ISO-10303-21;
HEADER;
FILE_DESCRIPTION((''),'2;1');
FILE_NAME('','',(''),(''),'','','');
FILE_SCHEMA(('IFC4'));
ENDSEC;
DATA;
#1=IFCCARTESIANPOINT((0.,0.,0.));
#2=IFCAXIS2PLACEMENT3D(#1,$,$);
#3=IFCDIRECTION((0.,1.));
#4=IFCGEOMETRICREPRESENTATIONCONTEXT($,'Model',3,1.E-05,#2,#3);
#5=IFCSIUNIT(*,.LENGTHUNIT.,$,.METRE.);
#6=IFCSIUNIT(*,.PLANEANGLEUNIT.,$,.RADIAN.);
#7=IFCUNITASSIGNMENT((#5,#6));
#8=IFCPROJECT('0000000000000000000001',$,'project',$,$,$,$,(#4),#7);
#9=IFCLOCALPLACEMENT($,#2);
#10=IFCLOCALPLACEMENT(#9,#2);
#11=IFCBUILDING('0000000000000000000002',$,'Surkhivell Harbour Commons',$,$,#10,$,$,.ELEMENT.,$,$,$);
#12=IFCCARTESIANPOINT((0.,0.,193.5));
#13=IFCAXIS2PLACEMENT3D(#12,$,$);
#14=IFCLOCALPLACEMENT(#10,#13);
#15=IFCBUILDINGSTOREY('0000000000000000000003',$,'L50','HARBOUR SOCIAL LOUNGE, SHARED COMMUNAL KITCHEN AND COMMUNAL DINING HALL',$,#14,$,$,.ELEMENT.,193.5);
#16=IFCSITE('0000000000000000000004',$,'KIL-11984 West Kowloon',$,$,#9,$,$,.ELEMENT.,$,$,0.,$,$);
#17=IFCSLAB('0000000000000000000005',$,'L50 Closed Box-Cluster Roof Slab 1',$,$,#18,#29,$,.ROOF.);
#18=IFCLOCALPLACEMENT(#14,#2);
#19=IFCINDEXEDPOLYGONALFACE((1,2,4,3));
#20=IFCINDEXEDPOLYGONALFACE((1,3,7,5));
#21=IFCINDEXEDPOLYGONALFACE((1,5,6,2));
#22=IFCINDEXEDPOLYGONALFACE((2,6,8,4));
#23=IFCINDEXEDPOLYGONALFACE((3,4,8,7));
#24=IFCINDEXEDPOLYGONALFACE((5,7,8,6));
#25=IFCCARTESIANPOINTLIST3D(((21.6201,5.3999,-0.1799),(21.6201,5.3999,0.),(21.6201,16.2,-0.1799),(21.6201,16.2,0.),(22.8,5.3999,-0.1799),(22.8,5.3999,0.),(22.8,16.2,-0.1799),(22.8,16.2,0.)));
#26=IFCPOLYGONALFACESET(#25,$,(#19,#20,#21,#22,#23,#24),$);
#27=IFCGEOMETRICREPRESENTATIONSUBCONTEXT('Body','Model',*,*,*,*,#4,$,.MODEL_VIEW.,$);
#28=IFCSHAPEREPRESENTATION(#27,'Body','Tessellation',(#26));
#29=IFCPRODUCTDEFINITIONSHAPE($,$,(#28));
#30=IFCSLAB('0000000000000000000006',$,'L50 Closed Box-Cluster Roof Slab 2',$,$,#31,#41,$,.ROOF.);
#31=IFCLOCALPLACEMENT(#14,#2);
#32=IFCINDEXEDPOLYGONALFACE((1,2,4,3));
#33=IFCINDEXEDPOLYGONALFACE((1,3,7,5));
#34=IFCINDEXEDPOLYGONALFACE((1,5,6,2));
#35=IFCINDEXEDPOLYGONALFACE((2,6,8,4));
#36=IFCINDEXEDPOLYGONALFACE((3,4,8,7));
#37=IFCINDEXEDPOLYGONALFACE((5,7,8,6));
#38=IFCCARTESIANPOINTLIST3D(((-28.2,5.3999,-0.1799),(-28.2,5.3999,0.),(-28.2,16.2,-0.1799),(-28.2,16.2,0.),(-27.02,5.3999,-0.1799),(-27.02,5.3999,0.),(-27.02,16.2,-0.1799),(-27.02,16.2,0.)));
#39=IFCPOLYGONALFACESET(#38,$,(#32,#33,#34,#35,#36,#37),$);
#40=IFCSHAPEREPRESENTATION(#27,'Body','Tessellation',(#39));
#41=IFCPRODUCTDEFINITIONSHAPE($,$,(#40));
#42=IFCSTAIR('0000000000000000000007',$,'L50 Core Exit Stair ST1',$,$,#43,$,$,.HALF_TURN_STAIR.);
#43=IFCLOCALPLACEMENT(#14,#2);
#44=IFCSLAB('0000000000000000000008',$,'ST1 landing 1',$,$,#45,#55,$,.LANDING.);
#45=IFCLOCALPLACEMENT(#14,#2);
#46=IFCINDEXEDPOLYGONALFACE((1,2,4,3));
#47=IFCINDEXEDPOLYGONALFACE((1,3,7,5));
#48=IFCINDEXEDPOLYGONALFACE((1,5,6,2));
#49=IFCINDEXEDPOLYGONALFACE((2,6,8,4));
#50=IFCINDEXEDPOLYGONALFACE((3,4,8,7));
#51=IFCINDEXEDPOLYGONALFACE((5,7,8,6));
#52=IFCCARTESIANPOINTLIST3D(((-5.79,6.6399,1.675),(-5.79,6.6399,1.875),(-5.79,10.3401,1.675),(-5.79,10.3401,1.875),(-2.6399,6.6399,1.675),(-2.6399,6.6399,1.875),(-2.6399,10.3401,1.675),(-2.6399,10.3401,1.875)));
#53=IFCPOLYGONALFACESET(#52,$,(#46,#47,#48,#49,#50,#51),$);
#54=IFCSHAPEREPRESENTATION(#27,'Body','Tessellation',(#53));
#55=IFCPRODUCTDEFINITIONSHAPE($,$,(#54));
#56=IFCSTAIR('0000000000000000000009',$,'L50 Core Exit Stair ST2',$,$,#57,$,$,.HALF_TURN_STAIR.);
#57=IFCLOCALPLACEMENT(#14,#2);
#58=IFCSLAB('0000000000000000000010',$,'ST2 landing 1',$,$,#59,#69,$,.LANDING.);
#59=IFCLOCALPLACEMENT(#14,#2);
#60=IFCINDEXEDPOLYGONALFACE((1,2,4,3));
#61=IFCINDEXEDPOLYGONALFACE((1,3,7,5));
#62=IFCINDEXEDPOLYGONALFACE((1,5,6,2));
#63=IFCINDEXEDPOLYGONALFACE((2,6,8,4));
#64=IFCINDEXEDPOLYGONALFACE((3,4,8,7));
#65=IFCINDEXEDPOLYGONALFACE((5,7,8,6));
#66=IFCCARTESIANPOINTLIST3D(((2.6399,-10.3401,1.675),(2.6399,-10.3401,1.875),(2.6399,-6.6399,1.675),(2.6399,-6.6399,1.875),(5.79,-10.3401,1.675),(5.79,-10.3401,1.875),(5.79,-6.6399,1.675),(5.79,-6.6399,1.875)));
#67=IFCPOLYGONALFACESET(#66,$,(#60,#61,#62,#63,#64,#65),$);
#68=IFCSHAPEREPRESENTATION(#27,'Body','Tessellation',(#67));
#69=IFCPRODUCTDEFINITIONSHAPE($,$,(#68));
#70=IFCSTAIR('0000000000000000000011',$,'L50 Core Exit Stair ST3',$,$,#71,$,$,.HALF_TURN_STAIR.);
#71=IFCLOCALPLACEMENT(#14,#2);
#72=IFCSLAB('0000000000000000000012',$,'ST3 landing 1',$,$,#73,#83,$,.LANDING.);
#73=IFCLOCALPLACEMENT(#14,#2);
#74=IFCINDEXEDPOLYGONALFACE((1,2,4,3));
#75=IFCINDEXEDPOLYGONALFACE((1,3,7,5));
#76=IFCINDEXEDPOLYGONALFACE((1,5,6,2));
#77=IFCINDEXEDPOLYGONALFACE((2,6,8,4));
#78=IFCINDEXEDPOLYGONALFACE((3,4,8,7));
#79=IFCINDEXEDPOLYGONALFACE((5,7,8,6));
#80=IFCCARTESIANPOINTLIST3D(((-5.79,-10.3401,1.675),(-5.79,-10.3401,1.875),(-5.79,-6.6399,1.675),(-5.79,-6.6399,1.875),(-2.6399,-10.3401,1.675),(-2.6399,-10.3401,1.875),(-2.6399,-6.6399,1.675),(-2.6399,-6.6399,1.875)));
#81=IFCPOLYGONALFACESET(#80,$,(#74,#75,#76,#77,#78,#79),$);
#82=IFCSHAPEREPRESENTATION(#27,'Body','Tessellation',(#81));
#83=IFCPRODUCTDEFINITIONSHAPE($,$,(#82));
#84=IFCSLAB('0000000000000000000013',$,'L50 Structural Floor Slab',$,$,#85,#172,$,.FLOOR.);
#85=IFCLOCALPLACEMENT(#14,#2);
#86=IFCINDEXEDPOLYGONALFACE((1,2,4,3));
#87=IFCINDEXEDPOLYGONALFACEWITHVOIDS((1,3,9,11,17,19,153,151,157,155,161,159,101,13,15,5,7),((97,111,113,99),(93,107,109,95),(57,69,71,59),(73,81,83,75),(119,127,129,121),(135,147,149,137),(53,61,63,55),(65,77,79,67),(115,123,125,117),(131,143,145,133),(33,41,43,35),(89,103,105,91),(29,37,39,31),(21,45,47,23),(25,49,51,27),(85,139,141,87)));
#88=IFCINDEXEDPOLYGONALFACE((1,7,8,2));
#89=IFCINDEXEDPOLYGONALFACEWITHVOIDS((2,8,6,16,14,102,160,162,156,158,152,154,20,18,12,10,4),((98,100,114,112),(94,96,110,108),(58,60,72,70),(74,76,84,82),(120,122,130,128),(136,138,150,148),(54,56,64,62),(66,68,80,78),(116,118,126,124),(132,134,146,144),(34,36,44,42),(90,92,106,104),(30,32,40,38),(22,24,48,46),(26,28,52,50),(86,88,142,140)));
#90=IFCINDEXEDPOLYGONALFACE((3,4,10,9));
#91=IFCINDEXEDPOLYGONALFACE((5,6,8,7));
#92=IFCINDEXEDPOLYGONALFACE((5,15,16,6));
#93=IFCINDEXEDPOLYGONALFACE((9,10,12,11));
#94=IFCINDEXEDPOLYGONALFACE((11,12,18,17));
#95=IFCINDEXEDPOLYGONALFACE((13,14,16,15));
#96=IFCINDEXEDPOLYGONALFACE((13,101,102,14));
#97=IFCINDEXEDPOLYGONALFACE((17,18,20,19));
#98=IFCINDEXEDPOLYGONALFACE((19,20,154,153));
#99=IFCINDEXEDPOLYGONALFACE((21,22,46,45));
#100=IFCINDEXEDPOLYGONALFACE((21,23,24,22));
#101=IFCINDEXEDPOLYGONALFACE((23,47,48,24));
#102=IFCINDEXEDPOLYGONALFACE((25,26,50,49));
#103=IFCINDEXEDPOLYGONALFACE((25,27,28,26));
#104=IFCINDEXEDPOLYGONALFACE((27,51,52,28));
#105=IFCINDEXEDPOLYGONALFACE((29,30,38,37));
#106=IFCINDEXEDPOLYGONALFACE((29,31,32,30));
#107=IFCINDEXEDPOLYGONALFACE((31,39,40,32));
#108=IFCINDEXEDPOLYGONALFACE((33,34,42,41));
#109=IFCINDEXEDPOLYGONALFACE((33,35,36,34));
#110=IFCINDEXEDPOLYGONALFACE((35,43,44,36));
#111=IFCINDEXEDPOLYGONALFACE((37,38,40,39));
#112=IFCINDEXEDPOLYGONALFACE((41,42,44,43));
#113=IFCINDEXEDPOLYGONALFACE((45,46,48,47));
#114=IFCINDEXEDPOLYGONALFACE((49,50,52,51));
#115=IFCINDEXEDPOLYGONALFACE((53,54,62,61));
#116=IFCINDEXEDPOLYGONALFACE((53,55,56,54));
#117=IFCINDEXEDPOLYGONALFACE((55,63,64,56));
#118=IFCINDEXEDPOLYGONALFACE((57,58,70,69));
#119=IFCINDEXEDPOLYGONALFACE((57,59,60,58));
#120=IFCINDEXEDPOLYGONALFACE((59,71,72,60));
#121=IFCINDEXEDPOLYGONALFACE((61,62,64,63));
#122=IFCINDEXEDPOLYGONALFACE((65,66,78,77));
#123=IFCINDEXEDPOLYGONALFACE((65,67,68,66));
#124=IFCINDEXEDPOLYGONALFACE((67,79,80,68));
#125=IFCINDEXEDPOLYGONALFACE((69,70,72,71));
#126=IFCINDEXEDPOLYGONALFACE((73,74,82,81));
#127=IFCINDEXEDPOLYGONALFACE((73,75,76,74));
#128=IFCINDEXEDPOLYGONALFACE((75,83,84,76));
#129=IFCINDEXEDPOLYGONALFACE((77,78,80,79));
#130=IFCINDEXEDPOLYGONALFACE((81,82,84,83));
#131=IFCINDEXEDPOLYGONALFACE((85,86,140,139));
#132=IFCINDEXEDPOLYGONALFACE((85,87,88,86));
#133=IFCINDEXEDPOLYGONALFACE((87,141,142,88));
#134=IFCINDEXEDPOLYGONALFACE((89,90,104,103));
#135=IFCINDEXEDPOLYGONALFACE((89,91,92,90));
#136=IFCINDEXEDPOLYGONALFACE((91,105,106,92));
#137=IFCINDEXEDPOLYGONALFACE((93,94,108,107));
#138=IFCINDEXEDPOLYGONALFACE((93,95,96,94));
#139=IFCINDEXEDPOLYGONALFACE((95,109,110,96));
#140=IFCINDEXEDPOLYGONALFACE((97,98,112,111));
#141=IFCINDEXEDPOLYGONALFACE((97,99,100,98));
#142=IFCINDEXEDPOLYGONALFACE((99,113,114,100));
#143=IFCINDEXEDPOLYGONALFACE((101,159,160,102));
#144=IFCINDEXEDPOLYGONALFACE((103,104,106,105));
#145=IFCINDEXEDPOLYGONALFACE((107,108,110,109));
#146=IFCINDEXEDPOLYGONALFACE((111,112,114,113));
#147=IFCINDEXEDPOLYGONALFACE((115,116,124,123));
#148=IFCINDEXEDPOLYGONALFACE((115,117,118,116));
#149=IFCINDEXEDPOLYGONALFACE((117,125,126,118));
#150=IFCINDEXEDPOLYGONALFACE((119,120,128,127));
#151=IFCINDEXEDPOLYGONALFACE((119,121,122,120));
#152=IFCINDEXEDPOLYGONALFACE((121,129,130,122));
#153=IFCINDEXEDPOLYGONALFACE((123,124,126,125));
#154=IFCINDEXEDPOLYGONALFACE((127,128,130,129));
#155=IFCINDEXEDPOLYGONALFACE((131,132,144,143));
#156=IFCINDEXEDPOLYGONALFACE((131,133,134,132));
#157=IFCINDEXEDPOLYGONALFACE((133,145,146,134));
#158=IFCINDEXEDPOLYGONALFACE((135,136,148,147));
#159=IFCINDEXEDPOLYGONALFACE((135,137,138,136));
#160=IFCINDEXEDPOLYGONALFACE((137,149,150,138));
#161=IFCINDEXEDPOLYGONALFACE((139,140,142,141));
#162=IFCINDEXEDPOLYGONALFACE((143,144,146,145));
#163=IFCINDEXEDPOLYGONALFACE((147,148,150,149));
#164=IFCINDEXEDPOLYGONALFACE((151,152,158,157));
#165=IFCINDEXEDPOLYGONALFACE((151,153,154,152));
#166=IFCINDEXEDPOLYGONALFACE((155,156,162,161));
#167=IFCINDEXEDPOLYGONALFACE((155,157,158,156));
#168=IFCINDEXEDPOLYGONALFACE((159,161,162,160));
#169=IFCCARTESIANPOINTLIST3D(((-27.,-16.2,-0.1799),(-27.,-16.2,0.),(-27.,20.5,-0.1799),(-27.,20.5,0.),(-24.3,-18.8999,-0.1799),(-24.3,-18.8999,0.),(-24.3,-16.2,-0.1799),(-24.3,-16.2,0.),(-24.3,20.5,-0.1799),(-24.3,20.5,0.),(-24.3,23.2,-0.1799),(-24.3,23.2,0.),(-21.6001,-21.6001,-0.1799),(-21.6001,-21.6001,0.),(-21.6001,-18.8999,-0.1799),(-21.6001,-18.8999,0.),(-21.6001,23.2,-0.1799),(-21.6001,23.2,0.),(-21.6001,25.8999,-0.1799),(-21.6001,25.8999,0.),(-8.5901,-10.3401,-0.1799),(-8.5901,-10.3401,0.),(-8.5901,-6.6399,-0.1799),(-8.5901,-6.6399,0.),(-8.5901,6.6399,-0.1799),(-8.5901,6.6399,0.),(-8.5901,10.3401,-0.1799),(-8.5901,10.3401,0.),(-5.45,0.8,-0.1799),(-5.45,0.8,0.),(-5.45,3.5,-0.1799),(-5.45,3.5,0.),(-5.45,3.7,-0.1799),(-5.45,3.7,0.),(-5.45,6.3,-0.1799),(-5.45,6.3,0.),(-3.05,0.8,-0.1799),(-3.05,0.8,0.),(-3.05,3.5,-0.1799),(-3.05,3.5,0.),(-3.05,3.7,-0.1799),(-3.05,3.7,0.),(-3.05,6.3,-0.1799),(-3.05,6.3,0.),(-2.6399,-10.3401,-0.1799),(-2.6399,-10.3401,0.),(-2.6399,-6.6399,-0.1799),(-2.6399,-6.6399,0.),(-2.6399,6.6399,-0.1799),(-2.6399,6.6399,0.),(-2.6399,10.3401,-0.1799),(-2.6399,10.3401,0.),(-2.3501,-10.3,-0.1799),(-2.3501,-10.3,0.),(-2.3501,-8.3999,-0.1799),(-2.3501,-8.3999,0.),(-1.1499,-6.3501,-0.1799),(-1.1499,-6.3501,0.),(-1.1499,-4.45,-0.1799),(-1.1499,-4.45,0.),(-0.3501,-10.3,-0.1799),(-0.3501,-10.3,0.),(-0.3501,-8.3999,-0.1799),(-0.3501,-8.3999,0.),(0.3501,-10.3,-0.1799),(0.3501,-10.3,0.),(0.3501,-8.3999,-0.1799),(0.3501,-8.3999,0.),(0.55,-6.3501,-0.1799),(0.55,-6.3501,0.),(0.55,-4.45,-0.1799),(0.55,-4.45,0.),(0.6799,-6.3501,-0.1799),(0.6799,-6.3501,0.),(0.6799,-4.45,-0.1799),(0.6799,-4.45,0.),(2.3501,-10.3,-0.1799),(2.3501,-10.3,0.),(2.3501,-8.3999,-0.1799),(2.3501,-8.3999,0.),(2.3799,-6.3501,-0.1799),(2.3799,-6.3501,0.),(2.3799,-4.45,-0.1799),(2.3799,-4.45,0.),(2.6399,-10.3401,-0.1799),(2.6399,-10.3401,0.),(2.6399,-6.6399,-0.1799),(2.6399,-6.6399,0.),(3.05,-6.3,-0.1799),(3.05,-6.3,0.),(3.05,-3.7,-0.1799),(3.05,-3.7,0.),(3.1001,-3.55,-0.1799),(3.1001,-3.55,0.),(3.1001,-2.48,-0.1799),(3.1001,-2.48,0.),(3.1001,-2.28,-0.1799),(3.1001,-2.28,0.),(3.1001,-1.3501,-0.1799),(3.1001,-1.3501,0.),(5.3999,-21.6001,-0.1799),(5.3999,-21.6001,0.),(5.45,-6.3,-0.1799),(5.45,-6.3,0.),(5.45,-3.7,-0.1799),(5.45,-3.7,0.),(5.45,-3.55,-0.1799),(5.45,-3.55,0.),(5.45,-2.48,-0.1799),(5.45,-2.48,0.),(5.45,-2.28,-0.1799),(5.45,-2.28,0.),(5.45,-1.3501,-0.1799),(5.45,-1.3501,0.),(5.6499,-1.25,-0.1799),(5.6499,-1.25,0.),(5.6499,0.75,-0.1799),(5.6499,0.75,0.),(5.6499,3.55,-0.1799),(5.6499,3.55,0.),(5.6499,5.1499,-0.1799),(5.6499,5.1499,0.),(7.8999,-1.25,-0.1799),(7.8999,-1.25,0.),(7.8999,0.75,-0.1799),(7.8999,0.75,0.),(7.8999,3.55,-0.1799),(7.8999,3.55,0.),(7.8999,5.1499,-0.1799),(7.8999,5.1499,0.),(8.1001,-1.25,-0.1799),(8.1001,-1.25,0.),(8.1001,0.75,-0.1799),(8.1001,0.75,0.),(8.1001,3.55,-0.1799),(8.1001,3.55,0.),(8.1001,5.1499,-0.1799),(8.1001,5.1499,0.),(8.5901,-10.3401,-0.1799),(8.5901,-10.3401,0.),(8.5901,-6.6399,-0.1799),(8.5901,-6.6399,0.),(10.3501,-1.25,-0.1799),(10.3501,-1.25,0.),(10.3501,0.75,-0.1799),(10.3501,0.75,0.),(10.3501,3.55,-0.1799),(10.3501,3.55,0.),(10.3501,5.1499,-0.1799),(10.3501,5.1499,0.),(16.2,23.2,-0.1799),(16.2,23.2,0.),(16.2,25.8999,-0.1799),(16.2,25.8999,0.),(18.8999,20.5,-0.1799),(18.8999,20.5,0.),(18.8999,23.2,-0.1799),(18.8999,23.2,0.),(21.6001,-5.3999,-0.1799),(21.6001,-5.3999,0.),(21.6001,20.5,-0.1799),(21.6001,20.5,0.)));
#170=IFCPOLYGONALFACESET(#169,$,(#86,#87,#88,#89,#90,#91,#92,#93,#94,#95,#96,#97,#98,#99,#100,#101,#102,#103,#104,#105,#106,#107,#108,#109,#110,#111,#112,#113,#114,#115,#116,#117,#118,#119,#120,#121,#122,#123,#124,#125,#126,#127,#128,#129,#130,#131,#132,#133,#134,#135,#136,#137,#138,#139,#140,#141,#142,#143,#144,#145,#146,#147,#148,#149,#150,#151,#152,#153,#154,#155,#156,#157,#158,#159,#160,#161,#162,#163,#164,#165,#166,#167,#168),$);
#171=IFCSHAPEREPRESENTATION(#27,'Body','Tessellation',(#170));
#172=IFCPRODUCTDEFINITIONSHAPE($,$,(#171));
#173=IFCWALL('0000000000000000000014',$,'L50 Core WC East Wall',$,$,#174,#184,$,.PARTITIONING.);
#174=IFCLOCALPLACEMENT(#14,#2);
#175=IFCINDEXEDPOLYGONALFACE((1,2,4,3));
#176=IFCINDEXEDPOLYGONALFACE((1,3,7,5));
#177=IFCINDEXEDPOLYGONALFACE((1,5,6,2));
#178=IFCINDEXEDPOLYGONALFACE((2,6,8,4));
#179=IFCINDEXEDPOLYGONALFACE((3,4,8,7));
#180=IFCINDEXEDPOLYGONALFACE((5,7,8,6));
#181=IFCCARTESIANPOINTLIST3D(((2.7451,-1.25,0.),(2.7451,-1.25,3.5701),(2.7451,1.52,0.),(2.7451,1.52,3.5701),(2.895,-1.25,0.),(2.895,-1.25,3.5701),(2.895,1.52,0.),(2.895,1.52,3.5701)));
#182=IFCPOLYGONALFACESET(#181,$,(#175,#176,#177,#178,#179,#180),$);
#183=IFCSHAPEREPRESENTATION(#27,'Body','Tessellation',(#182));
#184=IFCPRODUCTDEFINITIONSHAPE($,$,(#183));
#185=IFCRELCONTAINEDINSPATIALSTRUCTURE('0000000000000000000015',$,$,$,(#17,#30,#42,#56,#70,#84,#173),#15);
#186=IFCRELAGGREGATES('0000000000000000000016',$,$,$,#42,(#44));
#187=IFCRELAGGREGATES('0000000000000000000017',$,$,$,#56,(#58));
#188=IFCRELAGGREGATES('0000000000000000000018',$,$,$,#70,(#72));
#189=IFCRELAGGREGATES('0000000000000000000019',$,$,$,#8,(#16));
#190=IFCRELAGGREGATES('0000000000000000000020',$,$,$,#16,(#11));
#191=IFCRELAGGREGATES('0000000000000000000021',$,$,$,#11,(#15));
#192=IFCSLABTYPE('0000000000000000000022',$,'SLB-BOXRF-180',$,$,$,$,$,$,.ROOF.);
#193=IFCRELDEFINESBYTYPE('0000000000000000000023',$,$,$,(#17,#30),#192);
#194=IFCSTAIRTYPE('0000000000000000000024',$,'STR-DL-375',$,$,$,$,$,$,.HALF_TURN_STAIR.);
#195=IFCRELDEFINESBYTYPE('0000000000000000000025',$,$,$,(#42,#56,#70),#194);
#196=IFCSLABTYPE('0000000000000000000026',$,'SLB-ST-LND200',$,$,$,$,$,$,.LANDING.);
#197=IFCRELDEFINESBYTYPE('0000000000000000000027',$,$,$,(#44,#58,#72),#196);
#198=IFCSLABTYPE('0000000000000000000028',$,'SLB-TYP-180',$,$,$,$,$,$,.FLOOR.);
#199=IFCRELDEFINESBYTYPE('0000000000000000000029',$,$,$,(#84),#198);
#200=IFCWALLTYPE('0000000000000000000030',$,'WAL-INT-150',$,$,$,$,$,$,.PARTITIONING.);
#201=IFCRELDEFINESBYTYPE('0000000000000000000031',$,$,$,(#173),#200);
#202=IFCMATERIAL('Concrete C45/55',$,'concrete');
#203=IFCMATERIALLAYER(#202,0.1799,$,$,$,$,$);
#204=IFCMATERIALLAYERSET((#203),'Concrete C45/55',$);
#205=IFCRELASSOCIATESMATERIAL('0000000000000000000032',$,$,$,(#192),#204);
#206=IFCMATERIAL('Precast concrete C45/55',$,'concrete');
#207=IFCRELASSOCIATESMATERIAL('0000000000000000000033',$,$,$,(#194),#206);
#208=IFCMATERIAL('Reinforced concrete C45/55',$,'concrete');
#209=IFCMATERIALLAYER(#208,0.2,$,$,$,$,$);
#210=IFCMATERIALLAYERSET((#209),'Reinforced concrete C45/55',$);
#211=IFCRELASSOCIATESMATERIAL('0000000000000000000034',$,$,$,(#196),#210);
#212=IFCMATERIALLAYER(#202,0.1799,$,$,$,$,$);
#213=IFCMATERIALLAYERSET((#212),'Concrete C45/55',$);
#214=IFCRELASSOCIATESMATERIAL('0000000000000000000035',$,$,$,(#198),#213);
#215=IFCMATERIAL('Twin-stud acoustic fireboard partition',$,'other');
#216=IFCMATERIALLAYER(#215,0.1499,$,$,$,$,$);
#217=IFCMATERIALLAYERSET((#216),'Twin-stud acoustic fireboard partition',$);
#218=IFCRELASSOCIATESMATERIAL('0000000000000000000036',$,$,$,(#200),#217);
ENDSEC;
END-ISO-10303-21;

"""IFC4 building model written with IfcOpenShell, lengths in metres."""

from ifc_helpers import new_model, si_unit, direction, frame, frame_2d, origin, place, context, subcontext, project, spatial, polyline, rectangle, outline, extrude, material, layer, layer_set, type_object, element, aggregate, save


model = new_model("IFC4")

# Units and contexts
model_context = context("Model", 3, precision=1e-05, world=origin(), true_north=direction((0.0, 1.0)))
body_context = subcontext(model_context, "Body", "Model", "MODEL_VIEW")
ifc_project = project(units=[si_unit("LENGTHUNIT", "METRE"), si_unit("PLANEANGLEUNIT", "RADIAN")], contexts=[model_context])

# Site, building, storey
site_placement = place(None, origin())
site = spatial("IfcSite", under=ifc_project, at=site_placement, Name="KIL-11984 West Kowloon", CompositionType="ELEMENT", RefElevation=0.0)
building_placement = place(site_placement, origin())
building = spatial("IfcBuilding", under=site, at=building_placement, Name="Surkhivell Harbour Commons", CompositionType="ELEMENT")
storey_placement = place(building_placement, frame((0.0, 0.0, 193.5)))
storey = spatial("IfcBuildingStorey", under=building, at=storey_placement, Name="L50", Description="HARBOUR SOCIAL LOUNGE, SHARED COMMUNAL KITCHEN AND COMMUNAL DINING HALL", CompositionType="ELEMENT", Elevation=193.5)

# Slabs
ifc_material_1 = material(Name="Concrete C45/55", Category="concrete")
ifc_layer_1 = layer(ifc_material_1, 0.1799)
ifc_layer_set_1 = layer_set([ifc_layer_1], Name="Concrete C45/55")
slab_type_1 = type_object("IfcSlabType", Name="SLB-BOXRF-180", PredefinedType="ROOF", material=ifc_layer_set_1)
slab_1_placement = place(storey_placement, frame((0.0, 0.0, -0.1799)))
element("IfcSlab", 1, at=slab_1_placement, inside=storey, type_object=slab_type_1, Name="L50 Closed Box-Cluster Roof Slab 1", PredefinedType="ROOF", context=body_context, shape_type="SweptSolid", body=[
    extrude(outline(polyline([(22.8, 16.2), (21.6201, 16.2), (21.6201, 5.3999), (22.8, 5.3999), (22.8, 16.2)])), origin(), (0.0, 0.0, 1.0), 0.1799),
])
slab_2_placement = place(storey_placement, frame((0.0, 0.0, -0.1799)))
element("IfcSlab", 2, at=slab_2_placement, inside=storey, type_object=slab_type_1, Name="L50 Closed Box-Cluster Roof Slab 2", PredefinedType="ROOF", context=body_context, shape_type="SweptSolid", body=[
    extrude(outline(polyline([(-28.2, 5.3999), (-27.02, 5.3999), (-27.02, 16.2), (-28.2, 16.2), (-28.2, 5.3999)])), origin(), (0.0, 0.0, 1.0), 0.1799),
])

# Stairs, slabs
ifc_material_2 = material(Name="Precast concrete C45/55", Category="concrete")
stair_type = type_object("IfcStairType", Name="STR-DL-375", PredefinedType="HALF_TURN_STAIR", material=ifc_material_2)
stair_1_placement = place(storey_placement, origin())
stair_1 = element("IfcStair", 3, at=stair_1_placement, inside=storey, type_object=stair_type, Name="L50 Core Exit Stair ST1", PredefinedType="HALF_TURN_STAIR")
ifc_material_3 = material(Name="Reinforced concrete C45/55", Category="concrete")
ifc_layer_2 = layer(ifc_material_3, 0.2)
ifc_layer_set_2 = layer_set([ifc_layer_2], Name="Reinforced concrete C45/55")
slab_type_2 = type_object("IfcSlabType", Name="SLB-ST-LND200", PredefinedType="LANDING", material=ifc_layer_set_2)
slab_3_placement = place(storey_placement, frame((0.0, 0.0, 1.675)))
slab_3 = element("IfcSlab", 4, at=slab_3_placement, type_object=slab_type_2, Name="ST1 landing 1", PredefinedType="LANDING", context=body_context, shape_type="SweptSolid", body=[
    extrude(outline(polyline([(-5.79, 6.6399), (-2.6399, 6.6399), (-2.6399, 10.3401), (-5.79, 10.3401), (-5.79, 6.6399)])), origin(), (0.0, 0.0, 1.0), 0.2),
])
aggregate(stair_1, [slab_3])
stair_2_placement = place(storey_placement, origin())
stair_2 = element("IfcStair", 5, at=stair_2_placement, inside=storey, type_object=stair_type, Name="L50 Core Exit Stair ST2", PredefinedType="HALF_TURN_STAIR")
slab_4_placement = place(storey_placement, frame((0.0, 0.0, 1.675)))
slab_4 = element("IfcSlab", 6, at=slab_4_placement, type_object=slab_type_2, Name="ST2 landing 1", PredefinedType="LANDING", context=body_context, shape_type="SweptSolid", body=[
    extrude(outline(polyline([(5.79, -6.6399), (2.6399, -6.6399), (2.6399, -10.3401), (5.79, -10.3401), (5.79, -6.6399)])), origin(), (0.0, 0.0, 1.0), 0.2),
])
aggregate(stair_2, [slab_4])
stair_3_placement = place(storey_placement, origin())
stair_3 = element("IfcStair", 7, at=stair_3_placement, inside=storey, type_object=stair_type, Name="L50 Core Exit Stair ST3", PredefinedType="HALF_TURN_STAIR")
slab_5_placement = place(storey_placement, frame((0.0, 0.0, 1.675)))
slab_5 = element("IfcSlab", 8, at=slab_5_placement, type_object=slab_type_2, Name="ST3 landing 1", PredefinedType="LANDING", context=body_context, shape_type="SweptSolid", body=[
    extrude(outline(polyline([(-5.79, -10.3401), (-2.6399, -10.3401), (-2.6399, -6.6399), (-5.79, -6.6399), (-5.79, -10.3401)])), origin(), (0.0, 0.0, 1.0), 0.2),
])
aggregate(stair_3, [slab_5])

# Slab
ifc_layer_3 = layer(ifc_material_1, 0.1799)
ifc_layer_set_3 = layer_set([ifc_layer_3], Name="Concrete C45/55")
slab_type_3 = type_object("IfcSlabType", Name="SLB-TYP-180", PredefinedType="FLOOR", material=ifc_layer_set_3)
slab_6_placement = place(storey_placement, frame((0.0, 0.0, -0.1799)))
element("IfcSlab", 9, at=slab_6_placement, inside=storey, type_object=slab_type_3, Name="L50 Structural Floor Slab", PredefinedType="FLOOR", context=body_context, shape_type="SweptSolid", body=[
    extrude(outline(polyline([(-21.6001, -21.6001), (5.3999, -21.6001), (21.6001, -5.3999), (21.6001, 20.5), (18.8999, 20.5), (18.8999, 23.2), (16.2, 23.2), (16.2, 25.8999), (-21.6001, 25.8999), (-21.6001, 23.2), (-24.3, 23.2), (-24.3, 20.5), (-27.0, 20.5), (-27.0, -16.2), (-24.3, -16.2), (-24.3, -18.8999), (-21.6001, -18.8999), (-21.6001, -21.6001)]), holes=[polyline([(-8.5901, 6.6399), (-2.6399, 6.6399), (-2.6399, 10.3401), (-8.5901, 10.3401), (-8.5901, 6.6399)]), polyline([(8.5901, -6.6399), (2.6399, -6.6399), (2.6399, -10.3401), (8.5901, -10.3401), (8.5901, -6.6399)]), polyline([(-8.5901, -10.3401), (-2.6399, -10.3401), (-2.6399, -6.6399), (-8.5901, -6.6399), (-8.5901, -10.3401)]), polyline([(5.6499, 3.55), (7.8999, 3.55), (7.8999, 5.1499), (5.6499, 5.1499), (5.6499, 3.55)]), polyline([(8.1001, 3.55), (10.3501, 3.55), (10.3501, 5.1499), (8.1001, 5.1499), (8.1001, 3.55)]), polyline([(5.6499, -1.25), (7.8999, -1.25), (7.8999, 0.75), (5.6499, 0.75), (5.6499, -1.25)]), polyline([(8.1001, -1.25), (10.3501, -1.25), (10.3501, 0.75), (8.1001, 0.75), (8.1001, -1.25)]), polyline([(-1.1499, -6.3501), (0.55, -6.3501), (0.55, -4.45), (-1.1499, -4.45), (-1.1499, -6.3501)]), polyline([(0.6799, -6.3501), (2.3799, -6.3501), (2.3799, -4.45), (0.6799, -4.45), (0.6799, -6.3501)]), polyline([(-2.3501, -10.3), (-0.3501, -10.3), (-0.3501, -8.3999), (-2.3501, -8.3999), (-2.3501, -10.3)]), polyline([(0.3501, -10.3), (2.3501, -10.3), (2.3501, -8.3999), (0.3501, -8.3999), (0.3501, -10.3)]), polyline([(-5.45, 3.7), (-3.05, 3.7), (-3.05, 6.3), (-5.45, 6.3), (-5.45, 3.7)]), polyline([(3.05, -6.3), (5.45, -6.3), (5.45, -3.7), (3.05, -3.7), (3.05, -6.3)]), polyline([(-5.45, 0.8), (-3.05, 0.8), (-3.05, 3.5), (-5.45, 3.5), (-5.45, 0.8)]), polyline([(3.1001, -3.55), (5.45, -3.55), (5.45, -2.48), (3.1001, -2.48), (3.1001, -3.55)]), polyline([(3.1001, -2.28), (5.45, -2.28), (5.45, -1.3501), (3.1001, -1.3501), (3.1001, -2.28)])]), origin(), (0.0, 0.0, 1.0), 0.1799),
])

# Wall
ifc_material_4 = material(Name="Twin-stud acoustic fireboard partition", Category="other")
ifc_layer_4 = layer(ifc_material_4, 0.1499)
ifc_layer_set_4 = layer_set([ifc_layer_4], Name="Twin-stud acoustic fireboard partition")
wall_type_1 = type_object("IfcWallType", Name="WAL-INT-150", PredefinedType="PARTITIONING", material=ifc_layer_set_4)
wall_1_placement = place(storey_placement, frame((2.8201, -1.25, 0.0), z_axis=(0.0, 0.0, 1.0), x_axis=(0.0, 1.0, 0.0)))
element("IfcWall", 10, at=wall_1_placement, inside=storey, type_object=wall_type_1, Name="L50 Core WC East Wall", PredefinedType="PARTITIONING", context=body_context, shape_type="SweptSolid", body=[
    extrude(rectangle(XDim=2.77, YDim=0.1499, at=frame_2d((1.385, 0.0))), origin(), (0.0, 0.0, 1.0), 3.5701),
])

save(model, "model.ifc")
